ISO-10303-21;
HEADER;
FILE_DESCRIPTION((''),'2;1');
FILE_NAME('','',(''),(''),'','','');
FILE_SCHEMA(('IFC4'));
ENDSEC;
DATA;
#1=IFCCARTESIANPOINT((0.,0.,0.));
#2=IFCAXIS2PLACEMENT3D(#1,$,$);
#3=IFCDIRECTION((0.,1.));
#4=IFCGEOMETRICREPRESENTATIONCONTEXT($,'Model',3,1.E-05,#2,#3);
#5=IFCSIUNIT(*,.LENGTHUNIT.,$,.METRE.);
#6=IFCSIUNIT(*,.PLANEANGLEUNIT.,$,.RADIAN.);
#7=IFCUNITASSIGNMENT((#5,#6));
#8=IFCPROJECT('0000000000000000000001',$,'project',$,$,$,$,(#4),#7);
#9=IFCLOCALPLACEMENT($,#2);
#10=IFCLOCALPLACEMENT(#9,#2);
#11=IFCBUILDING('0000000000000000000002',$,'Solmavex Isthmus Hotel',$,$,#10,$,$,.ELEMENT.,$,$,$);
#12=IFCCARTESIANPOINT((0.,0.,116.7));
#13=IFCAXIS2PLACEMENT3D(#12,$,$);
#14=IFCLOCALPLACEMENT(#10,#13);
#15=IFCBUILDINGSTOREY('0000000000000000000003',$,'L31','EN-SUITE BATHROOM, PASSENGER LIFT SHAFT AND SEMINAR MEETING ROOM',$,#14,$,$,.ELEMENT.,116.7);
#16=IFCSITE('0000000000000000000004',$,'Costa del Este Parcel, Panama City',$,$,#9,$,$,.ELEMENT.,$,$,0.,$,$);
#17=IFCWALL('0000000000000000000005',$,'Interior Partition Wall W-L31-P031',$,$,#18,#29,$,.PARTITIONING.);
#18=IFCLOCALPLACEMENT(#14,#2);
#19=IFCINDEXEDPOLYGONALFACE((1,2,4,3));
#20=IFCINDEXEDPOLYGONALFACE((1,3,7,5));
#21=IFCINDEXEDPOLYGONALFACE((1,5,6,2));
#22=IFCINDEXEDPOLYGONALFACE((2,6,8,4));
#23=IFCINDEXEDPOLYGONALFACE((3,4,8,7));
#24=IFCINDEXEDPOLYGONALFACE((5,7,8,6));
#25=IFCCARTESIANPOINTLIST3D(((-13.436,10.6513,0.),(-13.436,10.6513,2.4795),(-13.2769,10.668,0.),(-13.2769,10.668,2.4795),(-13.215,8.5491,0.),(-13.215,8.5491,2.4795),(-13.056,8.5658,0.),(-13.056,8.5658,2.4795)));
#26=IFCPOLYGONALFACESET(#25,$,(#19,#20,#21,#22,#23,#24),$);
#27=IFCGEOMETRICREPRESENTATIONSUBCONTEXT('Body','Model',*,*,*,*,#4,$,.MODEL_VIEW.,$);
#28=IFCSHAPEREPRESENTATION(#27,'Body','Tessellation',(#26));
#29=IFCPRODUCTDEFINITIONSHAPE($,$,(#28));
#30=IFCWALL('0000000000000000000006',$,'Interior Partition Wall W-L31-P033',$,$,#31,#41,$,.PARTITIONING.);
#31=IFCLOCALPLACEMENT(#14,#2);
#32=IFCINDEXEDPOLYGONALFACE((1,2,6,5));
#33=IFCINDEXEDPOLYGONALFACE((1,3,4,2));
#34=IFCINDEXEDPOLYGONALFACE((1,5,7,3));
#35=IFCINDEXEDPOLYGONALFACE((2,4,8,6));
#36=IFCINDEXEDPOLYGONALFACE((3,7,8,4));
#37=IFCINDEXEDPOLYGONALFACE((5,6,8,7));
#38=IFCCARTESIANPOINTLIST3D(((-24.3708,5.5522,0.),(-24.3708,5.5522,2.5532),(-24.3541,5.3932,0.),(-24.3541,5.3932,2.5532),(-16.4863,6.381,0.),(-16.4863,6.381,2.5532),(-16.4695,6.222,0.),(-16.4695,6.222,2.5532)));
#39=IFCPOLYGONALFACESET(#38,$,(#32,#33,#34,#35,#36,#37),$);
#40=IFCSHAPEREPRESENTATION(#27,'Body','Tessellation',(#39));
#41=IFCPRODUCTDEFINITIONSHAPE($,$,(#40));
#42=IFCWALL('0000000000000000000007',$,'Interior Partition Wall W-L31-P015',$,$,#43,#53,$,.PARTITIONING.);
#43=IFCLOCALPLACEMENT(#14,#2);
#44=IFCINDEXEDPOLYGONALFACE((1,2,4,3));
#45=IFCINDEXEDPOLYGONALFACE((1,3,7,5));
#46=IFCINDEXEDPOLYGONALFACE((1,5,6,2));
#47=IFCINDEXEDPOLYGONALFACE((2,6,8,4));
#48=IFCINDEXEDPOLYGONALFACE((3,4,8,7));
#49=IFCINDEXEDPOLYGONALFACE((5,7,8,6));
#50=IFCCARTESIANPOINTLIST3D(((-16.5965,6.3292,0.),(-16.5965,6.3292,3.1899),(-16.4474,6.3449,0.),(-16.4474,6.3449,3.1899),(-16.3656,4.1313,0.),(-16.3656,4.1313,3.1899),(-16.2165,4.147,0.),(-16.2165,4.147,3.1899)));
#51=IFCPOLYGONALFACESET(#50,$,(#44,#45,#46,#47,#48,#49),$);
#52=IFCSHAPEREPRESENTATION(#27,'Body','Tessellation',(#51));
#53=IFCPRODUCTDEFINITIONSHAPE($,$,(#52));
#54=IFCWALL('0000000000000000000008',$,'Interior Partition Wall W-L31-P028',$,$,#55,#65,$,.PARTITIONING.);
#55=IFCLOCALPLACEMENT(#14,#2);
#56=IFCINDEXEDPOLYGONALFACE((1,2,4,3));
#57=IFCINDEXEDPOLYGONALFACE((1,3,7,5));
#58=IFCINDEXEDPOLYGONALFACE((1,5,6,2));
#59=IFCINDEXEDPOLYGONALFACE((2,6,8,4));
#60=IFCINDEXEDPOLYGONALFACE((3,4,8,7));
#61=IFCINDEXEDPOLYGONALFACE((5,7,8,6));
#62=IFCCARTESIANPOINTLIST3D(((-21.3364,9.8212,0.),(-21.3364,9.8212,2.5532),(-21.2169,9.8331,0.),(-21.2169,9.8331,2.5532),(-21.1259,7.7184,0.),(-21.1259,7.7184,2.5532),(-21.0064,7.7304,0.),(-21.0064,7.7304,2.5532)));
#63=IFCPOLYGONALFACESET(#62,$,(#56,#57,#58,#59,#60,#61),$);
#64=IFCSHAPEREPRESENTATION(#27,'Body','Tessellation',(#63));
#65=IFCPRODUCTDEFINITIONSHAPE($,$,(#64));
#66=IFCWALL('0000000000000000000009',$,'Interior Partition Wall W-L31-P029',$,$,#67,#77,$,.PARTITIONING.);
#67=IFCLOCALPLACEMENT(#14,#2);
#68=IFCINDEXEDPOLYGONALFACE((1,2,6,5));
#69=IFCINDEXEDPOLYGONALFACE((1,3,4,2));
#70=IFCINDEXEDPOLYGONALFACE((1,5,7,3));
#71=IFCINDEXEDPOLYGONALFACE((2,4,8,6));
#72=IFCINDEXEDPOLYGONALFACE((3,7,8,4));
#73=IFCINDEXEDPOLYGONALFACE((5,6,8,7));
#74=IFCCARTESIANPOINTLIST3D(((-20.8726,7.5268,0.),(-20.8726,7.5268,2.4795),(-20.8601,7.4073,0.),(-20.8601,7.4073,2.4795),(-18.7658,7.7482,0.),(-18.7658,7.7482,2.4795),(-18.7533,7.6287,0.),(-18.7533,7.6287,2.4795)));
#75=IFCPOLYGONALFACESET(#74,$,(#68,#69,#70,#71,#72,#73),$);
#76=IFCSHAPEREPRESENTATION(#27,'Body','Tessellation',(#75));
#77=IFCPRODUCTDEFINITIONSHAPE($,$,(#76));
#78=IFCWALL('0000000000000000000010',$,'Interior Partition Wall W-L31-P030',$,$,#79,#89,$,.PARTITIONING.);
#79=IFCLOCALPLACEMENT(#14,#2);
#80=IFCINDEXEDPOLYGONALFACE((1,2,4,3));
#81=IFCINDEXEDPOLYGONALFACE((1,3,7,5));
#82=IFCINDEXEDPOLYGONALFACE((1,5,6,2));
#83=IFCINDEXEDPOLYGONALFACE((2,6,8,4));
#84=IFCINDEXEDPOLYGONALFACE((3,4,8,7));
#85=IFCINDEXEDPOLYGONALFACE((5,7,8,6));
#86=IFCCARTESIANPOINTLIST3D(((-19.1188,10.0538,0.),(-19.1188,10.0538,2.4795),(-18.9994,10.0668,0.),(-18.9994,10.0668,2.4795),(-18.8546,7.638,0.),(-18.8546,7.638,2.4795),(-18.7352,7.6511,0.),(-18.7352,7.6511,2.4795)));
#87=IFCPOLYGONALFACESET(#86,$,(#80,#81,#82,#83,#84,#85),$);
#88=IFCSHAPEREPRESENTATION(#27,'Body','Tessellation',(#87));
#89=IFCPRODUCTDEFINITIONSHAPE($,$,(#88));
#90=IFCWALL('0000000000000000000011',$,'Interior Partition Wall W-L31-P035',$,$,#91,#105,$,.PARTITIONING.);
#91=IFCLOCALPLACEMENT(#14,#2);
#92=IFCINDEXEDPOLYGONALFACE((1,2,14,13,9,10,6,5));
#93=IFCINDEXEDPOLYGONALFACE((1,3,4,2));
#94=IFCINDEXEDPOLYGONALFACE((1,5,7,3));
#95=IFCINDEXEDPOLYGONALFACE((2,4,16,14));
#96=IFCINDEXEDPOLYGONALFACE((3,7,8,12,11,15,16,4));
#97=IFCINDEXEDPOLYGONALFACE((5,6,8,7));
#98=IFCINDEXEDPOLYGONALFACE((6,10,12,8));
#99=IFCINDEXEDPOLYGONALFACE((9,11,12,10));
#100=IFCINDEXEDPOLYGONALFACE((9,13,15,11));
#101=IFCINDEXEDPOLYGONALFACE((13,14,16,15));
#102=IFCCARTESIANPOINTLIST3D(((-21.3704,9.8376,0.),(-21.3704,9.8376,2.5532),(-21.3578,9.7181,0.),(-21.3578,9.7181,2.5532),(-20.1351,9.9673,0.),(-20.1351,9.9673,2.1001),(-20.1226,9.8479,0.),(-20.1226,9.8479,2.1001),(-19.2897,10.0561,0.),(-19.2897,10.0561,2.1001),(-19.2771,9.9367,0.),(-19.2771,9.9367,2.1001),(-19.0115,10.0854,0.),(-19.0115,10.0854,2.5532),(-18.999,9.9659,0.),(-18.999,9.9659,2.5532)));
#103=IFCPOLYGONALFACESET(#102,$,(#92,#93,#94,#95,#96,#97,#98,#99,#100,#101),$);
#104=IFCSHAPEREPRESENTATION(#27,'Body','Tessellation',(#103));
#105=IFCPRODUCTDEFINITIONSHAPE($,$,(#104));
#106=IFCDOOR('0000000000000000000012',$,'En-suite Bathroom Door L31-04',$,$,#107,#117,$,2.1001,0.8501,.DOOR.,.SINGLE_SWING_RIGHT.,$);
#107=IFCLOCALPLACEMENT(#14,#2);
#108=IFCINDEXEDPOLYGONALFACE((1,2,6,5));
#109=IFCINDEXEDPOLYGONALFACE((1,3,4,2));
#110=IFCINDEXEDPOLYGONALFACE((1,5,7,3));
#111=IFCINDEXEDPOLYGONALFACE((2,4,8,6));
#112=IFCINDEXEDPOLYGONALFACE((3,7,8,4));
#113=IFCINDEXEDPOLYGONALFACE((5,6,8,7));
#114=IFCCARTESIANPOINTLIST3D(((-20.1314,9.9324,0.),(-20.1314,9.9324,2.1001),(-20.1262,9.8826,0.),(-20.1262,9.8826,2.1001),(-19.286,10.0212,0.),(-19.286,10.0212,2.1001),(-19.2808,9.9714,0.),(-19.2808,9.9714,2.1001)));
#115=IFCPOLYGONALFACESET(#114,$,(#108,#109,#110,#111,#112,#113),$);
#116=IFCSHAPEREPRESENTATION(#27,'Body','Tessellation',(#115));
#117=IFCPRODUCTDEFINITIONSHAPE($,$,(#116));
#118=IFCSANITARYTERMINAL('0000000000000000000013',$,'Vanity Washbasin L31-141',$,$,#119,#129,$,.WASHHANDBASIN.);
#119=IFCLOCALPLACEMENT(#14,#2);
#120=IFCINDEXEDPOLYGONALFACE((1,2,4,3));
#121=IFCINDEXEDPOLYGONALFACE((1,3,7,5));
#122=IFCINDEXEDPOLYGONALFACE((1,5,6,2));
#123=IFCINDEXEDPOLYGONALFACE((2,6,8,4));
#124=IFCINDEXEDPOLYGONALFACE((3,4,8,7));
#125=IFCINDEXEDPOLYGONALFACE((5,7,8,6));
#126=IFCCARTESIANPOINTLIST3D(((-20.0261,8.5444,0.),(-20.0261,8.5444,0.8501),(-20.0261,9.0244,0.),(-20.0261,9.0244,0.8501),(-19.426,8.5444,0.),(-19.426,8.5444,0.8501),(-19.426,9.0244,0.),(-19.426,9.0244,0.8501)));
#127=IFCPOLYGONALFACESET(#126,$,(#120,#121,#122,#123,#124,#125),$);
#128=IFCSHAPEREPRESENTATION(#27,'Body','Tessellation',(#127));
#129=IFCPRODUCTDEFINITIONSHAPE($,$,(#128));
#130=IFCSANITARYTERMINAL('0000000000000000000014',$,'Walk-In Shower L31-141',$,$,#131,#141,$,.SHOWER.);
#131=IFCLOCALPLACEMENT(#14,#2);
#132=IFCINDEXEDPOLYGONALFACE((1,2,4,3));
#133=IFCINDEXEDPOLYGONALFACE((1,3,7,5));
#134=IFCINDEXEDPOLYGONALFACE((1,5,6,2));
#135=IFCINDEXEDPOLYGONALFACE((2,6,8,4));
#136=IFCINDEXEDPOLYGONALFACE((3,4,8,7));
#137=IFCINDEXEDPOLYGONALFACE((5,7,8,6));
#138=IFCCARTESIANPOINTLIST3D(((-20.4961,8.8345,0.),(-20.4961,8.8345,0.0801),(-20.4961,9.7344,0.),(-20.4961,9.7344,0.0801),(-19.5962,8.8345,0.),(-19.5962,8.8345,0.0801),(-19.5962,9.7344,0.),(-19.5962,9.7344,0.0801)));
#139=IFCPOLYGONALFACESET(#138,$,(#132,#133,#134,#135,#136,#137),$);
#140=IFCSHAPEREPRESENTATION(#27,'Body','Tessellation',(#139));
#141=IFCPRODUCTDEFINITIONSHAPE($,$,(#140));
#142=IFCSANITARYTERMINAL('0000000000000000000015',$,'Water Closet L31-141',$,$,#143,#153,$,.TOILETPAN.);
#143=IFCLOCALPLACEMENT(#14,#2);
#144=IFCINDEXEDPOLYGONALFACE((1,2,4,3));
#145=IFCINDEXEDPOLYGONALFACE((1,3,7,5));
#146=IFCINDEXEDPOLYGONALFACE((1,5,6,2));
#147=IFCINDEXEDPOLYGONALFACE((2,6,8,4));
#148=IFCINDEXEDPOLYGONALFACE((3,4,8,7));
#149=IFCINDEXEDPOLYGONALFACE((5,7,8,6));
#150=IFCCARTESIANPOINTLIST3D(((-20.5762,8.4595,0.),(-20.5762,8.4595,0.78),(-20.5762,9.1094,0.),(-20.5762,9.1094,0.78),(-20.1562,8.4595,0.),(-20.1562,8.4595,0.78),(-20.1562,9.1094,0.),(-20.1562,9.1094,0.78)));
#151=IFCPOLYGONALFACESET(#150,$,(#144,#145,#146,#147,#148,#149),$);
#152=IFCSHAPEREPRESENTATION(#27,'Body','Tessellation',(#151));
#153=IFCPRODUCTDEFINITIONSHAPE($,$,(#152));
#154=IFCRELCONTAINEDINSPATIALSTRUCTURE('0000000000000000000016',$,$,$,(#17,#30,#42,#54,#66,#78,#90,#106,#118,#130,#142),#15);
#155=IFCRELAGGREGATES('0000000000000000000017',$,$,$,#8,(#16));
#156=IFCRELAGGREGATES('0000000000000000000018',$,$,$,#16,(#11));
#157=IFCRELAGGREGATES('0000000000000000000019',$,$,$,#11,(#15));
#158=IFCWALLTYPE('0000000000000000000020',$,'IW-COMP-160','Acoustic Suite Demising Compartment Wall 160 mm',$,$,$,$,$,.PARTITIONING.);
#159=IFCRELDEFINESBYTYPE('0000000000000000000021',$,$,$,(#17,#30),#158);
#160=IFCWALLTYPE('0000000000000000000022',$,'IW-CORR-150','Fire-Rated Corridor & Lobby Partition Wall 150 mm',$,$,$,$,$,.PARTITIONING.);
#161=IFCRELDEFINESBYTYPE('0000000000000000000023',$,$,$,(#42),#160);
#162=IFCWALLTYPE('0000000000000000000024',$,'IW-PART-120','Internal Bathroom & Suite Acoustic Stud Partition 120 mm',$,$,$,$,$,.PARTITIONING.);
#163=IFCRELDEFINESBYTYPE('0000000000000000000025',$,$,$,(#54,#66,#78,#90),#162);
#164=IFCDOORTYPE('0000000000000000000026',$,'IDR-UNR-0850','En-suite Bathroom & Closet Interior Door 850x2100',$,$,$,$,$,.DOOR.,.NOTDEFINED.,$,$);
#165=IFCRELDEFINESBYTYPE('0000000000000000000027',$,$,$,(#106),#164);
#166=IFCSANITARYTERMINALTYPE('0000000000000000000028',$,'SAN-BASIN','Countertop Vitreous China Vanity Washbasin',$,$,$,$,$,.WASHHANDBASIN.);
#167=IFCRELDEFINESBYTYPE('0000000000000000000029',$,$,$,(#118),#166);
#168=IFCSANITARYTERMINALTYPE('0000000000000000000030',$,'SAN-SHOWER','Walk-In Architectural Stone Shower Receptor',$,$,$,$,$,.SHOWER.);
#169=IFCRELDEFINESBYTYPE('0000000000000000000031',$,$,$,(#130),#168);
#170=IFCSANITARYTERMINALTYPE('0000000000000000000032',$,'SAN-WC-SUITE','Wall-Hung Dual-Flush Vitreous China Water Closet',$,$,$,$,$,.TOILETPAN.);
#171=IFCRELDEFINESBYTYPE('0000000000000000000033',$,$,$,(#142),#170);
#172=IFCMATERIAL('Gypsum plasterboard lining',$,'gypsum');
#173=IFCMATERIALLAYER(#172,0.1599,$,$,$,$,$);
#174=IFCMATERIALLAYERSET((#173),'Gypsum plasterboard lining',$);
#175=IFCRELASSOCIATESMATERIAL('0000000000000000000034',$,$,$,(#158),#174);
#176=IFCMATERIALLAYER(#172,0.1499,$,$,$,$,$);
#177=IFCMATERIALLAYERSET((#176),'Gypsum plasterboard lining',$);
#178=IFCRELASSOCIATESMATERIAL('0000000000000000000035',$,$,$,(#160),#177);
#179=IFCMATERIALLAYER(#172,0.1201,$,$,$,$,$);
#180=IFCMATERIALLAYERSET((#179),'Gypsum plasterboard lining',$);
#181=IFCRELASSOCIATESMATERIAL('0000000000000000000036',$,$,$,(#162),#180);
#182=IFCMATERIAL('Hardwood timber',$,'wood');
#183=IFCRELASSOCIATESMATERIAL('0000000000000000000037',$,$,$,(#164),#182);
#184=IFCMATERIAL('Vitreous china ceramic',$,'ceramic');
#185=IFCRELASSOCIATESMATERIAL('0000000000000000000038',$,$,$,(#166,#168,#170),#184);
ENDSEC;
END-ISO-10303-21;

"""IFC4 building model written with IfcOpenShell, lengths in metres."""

from ifc_helpers import new_model, si_unit, direction, frame, frame_2d, origin, origin_2d, place, context, subcontext, project, spatial, rectangle, extrude, material, layer, layer_set, type_object, element, fill, save


model = new_model("IFC4")

# Units and contexts
model_context = context("Model", 3, precision=1e-05, world=origin(), true_north=direction((0.0, 1.0)))
body_context = subcontext(model_context, "Body", "Model", "MODEL_VIEW")
ifc_project = project(units=[si_unit("LENGTHUNIT", "METRE"), si_unit("PLANEANGLEUNIT", "RADIAN")], contexts=[model_context])

# Site, building, storey
site_placement = place(None, origin())
site = spatial("IfcSite", under=ifc_project, at=site_placement, Name="Costa del Este Parcel, Panama City", CompositionType="ELEMENT", RefElevation=0.0)
building_placement = place(site_placement, origin())
building = spatial("IfcBuilding", under=site, at=building_placement, Name="Solmavex Isthmus Hotel", CompositionType="ELEMENT")
storey_placement = place(building_placement, frame((0.0, 0.0, 116.7)))
storey = spatial("IfcBuildingStorey", under=building, at=storey_placement, Name="L31", Description="EN-SUITE BATHROOM, PASSENGER LIFT SHAFT AND SEMINAR MEETING ROOM", CompositionType="ELEMENT", Elevation=116.7)

# Shared definitions
ifc_material_1 = material(Name="Gypsum plasterboard lining", Category="gypsum")
ifc_layer_1 = layer(ifc_material_1, 0.1599)
ifc_layer_set_1 = layer_set([ifc_layer_1], Name="Gypsum plasterboard lining")
wall_type_1 = type_object("IfcWallType", Name="IW-COMP-160", Description="Acoustic Suite Demising Compartment Wall 160 mm", PredefinedType="PARTITIONING", material=ifc_layer_set_1)
ifc_material_2 = material(Name="Hardwood timber", Category="wood")

# Walls
wall_1_placement = place(storey_placement, frame((-13.3564, 10.6597, 0.0), z_axis=(0.0, 0.0, 1.0), x_axis=(0.104522, -0.994523, 0.0)))
element("IfcWall", 1, at=wall_1_placement, inside=storey, type_object=wall_type_1, Name="Interior Partition Wall W-L31-P031", PredefinedType="PARTITIONING", context=body_context, shape_type="SweptSolid", body=[
    extrude(rectangle(XDim=2.1138, YDim=0.1599, at=frame_2d((1.0569, 0.0))), origin(), (0.0, 0.0, 1.0), 2.4795),
])
wall_2_placement = place(storey_placement, frame((-16.478, 6.3015, 0.0), z_axis=(0.0, 0.0, 1.0), x_axis=(-0.99452, -0.104549, 0.0)))
element("IfcWall", 2, at=wall_2_placement, inside=storey, type_object=wall_type_1, Name="Interior Partition Wall W-L31-P033", PredefinedType="PARTITIONING", context=body_context, shape_type="SweptSolid", body=[
    extrude(rectangle(XDim=7.928, YDim=0.1599, at=frame_2d((3.9639, 0.0))), origin(), (0.0, 0.0, 1.0), 2.5532),
])

# Shared definitions
ifc_layer_2 = layer(ifc_material_1, 0.1499)
ifc_layer_set_2 = layer_set([ifc_layer_2], Name="Gypsum plasterboard lining")
wall_type_2 = type_object("IfcWallType", Name="IW-CORR-150", Description="Fire-Rated Corridor & Lobby Partition Wall 150 mm", PredefinedType="PARTITIONING", material=ifc_layer_set_2)

# Walls
wall_3_placement = place(storey_placement, frame((-16.291, 4.1392, 0.0), z_axis=(0.0, 0.0, 1.0), x_axis=(-0.104512, 0.994524, 0.0)))
element("IfcWall", 3, at=wall_3_placement, inside=storey, type_object=wall_type_2, Name="Interior Partition Wall W-L31-P015", PredefinedType="PARTITIONING", context=body_context, shape_type="SweptSolid", body=[
    extrude(rectangle(XDim=2.21, YDim=0.1499, at=frame_2d((1.105, 0.0))), origin(), (0.0, 0.0, 1.0), 3.1899),
])
ifc_layer_3 = layer(ifc_material_1, 0.1201)
ifc_layer_set_3 = layer_set([ifc_layer_3], Name="Gypsum plasterboard lining")
wall_type_3 = type_object("IfcWallType", Name="IW-PART-120", Description="Internal Bathroom & Suite Acoustic Stud Partition 120 mm", PredefinedType="PARTITIONING", material=ifc_layer_set_3)
wall_4_placement = place(storey_placement, frame((-21.2766, 9.8271, 0.0), z_axis=(0.0, 0.0, 1.0), x_axis=(0.099584, -0.995029, 0.0)))
element("IfcWall", 4, at=wall_4_placement, inside=storey, type_object=wall_type_3, Name="Interior Partition Wall W-L31-P028", PredefinedType="PARTITIONING", context=body_context, shape_type="SweptSolid", body=[
    extrude(rectangle(XDim=2.1133, YDim=0.1201, at=frame_2d((1.0566, 0.0))), origin(), (0.0, 0.0, 1.0), 2.5532),
])
wall_5_placement = place(storey_placement, frame((-20.8662, 7.467, 0.0), z_axis=(0.0, 0.0, 1.0), x_axis=(0.994521, 0.104535, 0.0)))
element("IfcWall", 5, at=wall_5_placement, inside=storey, type_object=wall_type_3, Name="Interior Partition Wall W-L31-P029", PredefinedType="PARTITIONING", context=body_context, shape_type="SweptSolid", body=[
    extrude(rectangle(XDim=2.1184, YDim=0.1201, at=frame_2d((1.0591, 0.0))), origin(), (0.0, 0.0, 1.0), 2.4795),
])
wall_6_placement = place(storey_placement, frame((-18.7949, 7.6445, 0.0), z_axis=(0.0, 0.0, 1.0), x_axis=(-0.1087, 0.994075, 0.0)))
element("IfcWall", 6, at=wall_6_placement, inside=storey, type_object=wall_type_3, Name="Interior Partition Wall W-L31-P030", PredefinedType="PARTITIONING", context=body_context, shape_type="SweptSolid", body=[
    extrude(rectangle(XDim=2.4302, YDim=0.1201, at=frame_2d((1.2151, 0.0))), origin(), (0.0, 0.0, 1.0), 2.4795),
])

# Wall, opening, door
wall_7_placement = place(storey_placement, frame((-19.0051, 10.0256, 0.0), z_axis=(0.0, 0.0, 1.0), x_axis=(-0.994527, -0.104476, 0.0)))
wall_7 = element("IfcWall", 7, at=wall_7_placement, inside=storey, type_object=wall_type_3, Name="Interior Partition Wall W-L31-P035", PredefinedType="PARTITIONING", context=body_context, shape_type="SweptSolid", body=[
    extrude(rectangle(XDim=2.3718, YDim=0.1201, at=frame_2d((1.186, 0.0))), origin(), (0.0, 0.0, 1.0), 2.5532),
])
opening_1_placement = place(wall_7_placement, frame((0.2798, 0.0, 0.0)))
opening_1 = element("IfcOpeningElement", 8, at=opening_1_placement, cuts=wall_7, PredefinedType="OPENING", context=body_context, shape_type="SweptSolid", body=[
    extrude(rectangle(XDim=0.8501, YDim=2.1001, at=frame_2d((0.425, 1.05))), frame((0.0, 0.0701, 0.0), z_axis=(0.0, -1.0, 0.0), x_axis=(1.0, 0.0, 0.0)), (0.0, 0.0, 1.0), 0.1401),
])
door_type_1 = type_object("IfcDoorType", Name="IDR-UNR-0850", Description="En-suite Bathroom & Closet Interior Door 850x2100", OperationType="NOTDEFINED", PredefinedType="DOOR", material=ifc_material_2)
door_1_placement = place(opening_1_placement, frame((0.8501, 0.0, 0.0), z_axis=(0.0, 0.0, 1.0), x_axis=(-1.0, 0.0, 0.0)))
door_1 = element("IfcDoor", 9, at=door_1_placement, inside=storey, type_object=door_type_1, Name="En-suite Bathroom Door L31-04", OperationType="SINGLE_SWING_RIGHT", OverallHeight=2.1001, OverallWidth=0.8501, PredefinedType="DOOR", context=body_context, shape_type="SweptSolid", body=[
    extrude(rectangle(XDim=0.8501, YDim=2.1001, at=frame_2d((0.425, 1.05))), frame((0.0, 0.0249, 0.0), z_axis=(0.0, -1.0, 0.0), x_axis=(1.0, 0.0, 0.0)), (0.0, 0.0, 1.0), 0.05),
])
fill(opening_1, door_1)

# Sanitary terminals
ifc_material_3 = material(Name="Vitreous china ceramic", Category="ceramic")
sanitary_terminal_type_1 = type_object("IfcSanitaryTerminalType", Name="SAN-BASIN", Description="Countertop Vitreous China Vanity Washbasin", PredefinedType="WASHHANDBASIN", material=ifc_material_3)
sanitary_terminal_1_placement = place(storey_placement, frame((-19.7261, 8.7844, 0.0), z_axis=(0.0, 0.0, 1.0), x_axis=(1.0, 0.0, 0.0)))
element("IfcSanitaryTerminal", 10, at=sanitary_terminal_1_placement, inside=storey, type_object=sanitary_terminal_type_1, Name="Vanity Washbasin L31-141", PredefinedType="WASHHANDBASIN", context=body_context, shape_type="SweptSolid", body=[
    extrude(rectangle(XDim=0.6001, YDim=0.48, at=origin_2d()), origin(), (0.0, 0.0, 1.0), 0.8501),
])
sanitary_terminal_type_2 = type_object("IfcSanitaryTerminalType", Name="SAN-SHOWER", Description="Walk-In Architectural Stone Shower Receptor", PredefinedType="SHOWER", material=ifc_material_3)
sanitary_terminal_2_placement = place(storey_placement, frame((-20.0461, 9.2844, 0.0), z_axis=(0.0, 0.0, 1.0), x_axis=(1.0, 0.0, 0.0)))
element("IfcSanitaryTerminal", 11, at=sanitary_terminal_2_placement, inside=storey, type_object=sanitary_terminal_type_2, Name="Walk-In Shower L31-141", PredefinedType="SHOWER", context=body_context, shape_type="SweptSolid", body=[
    extrude(rectangle(XDim=0.8999, YDim=0.8999, at=origin_2d()), origin(), (0.0, 0.0, 1.0), 0.0801),
])
sanitary_terminal_type_3 = type_object("IfcSanitaryTerminalType", Name="SAN-WC-SUITE", Description="Wall-Hung Dual-Flush Vitreous China Water Closet", PredefinedType="TOILETPAN", material=ifc_material_3)
sanitary_terminal_3_placement = place(storey_placement, frame((-20.3662, 8.7844, 0.0), z_axis=(0.0, 0.0, 1.0), x_axis=(1.0, 0.0, 0.0)))
element("IfcSanitaryTerminal", 12, at=sanitary_terminal_3_placement, inside=storey, type_object=sanitary_terminal_type_3, Name="Water Closet L31-141", PredefinedType="TOILETPAN", context=body_context, shape_type="SweptSolid", body=[
    extrude(rectangle(XDim=0.4199, YDim=0.6499, at=origin_2d()), origin(), (0.0, 0.0, 1.0), 0.78),
])

save(model, "model.ifc")
